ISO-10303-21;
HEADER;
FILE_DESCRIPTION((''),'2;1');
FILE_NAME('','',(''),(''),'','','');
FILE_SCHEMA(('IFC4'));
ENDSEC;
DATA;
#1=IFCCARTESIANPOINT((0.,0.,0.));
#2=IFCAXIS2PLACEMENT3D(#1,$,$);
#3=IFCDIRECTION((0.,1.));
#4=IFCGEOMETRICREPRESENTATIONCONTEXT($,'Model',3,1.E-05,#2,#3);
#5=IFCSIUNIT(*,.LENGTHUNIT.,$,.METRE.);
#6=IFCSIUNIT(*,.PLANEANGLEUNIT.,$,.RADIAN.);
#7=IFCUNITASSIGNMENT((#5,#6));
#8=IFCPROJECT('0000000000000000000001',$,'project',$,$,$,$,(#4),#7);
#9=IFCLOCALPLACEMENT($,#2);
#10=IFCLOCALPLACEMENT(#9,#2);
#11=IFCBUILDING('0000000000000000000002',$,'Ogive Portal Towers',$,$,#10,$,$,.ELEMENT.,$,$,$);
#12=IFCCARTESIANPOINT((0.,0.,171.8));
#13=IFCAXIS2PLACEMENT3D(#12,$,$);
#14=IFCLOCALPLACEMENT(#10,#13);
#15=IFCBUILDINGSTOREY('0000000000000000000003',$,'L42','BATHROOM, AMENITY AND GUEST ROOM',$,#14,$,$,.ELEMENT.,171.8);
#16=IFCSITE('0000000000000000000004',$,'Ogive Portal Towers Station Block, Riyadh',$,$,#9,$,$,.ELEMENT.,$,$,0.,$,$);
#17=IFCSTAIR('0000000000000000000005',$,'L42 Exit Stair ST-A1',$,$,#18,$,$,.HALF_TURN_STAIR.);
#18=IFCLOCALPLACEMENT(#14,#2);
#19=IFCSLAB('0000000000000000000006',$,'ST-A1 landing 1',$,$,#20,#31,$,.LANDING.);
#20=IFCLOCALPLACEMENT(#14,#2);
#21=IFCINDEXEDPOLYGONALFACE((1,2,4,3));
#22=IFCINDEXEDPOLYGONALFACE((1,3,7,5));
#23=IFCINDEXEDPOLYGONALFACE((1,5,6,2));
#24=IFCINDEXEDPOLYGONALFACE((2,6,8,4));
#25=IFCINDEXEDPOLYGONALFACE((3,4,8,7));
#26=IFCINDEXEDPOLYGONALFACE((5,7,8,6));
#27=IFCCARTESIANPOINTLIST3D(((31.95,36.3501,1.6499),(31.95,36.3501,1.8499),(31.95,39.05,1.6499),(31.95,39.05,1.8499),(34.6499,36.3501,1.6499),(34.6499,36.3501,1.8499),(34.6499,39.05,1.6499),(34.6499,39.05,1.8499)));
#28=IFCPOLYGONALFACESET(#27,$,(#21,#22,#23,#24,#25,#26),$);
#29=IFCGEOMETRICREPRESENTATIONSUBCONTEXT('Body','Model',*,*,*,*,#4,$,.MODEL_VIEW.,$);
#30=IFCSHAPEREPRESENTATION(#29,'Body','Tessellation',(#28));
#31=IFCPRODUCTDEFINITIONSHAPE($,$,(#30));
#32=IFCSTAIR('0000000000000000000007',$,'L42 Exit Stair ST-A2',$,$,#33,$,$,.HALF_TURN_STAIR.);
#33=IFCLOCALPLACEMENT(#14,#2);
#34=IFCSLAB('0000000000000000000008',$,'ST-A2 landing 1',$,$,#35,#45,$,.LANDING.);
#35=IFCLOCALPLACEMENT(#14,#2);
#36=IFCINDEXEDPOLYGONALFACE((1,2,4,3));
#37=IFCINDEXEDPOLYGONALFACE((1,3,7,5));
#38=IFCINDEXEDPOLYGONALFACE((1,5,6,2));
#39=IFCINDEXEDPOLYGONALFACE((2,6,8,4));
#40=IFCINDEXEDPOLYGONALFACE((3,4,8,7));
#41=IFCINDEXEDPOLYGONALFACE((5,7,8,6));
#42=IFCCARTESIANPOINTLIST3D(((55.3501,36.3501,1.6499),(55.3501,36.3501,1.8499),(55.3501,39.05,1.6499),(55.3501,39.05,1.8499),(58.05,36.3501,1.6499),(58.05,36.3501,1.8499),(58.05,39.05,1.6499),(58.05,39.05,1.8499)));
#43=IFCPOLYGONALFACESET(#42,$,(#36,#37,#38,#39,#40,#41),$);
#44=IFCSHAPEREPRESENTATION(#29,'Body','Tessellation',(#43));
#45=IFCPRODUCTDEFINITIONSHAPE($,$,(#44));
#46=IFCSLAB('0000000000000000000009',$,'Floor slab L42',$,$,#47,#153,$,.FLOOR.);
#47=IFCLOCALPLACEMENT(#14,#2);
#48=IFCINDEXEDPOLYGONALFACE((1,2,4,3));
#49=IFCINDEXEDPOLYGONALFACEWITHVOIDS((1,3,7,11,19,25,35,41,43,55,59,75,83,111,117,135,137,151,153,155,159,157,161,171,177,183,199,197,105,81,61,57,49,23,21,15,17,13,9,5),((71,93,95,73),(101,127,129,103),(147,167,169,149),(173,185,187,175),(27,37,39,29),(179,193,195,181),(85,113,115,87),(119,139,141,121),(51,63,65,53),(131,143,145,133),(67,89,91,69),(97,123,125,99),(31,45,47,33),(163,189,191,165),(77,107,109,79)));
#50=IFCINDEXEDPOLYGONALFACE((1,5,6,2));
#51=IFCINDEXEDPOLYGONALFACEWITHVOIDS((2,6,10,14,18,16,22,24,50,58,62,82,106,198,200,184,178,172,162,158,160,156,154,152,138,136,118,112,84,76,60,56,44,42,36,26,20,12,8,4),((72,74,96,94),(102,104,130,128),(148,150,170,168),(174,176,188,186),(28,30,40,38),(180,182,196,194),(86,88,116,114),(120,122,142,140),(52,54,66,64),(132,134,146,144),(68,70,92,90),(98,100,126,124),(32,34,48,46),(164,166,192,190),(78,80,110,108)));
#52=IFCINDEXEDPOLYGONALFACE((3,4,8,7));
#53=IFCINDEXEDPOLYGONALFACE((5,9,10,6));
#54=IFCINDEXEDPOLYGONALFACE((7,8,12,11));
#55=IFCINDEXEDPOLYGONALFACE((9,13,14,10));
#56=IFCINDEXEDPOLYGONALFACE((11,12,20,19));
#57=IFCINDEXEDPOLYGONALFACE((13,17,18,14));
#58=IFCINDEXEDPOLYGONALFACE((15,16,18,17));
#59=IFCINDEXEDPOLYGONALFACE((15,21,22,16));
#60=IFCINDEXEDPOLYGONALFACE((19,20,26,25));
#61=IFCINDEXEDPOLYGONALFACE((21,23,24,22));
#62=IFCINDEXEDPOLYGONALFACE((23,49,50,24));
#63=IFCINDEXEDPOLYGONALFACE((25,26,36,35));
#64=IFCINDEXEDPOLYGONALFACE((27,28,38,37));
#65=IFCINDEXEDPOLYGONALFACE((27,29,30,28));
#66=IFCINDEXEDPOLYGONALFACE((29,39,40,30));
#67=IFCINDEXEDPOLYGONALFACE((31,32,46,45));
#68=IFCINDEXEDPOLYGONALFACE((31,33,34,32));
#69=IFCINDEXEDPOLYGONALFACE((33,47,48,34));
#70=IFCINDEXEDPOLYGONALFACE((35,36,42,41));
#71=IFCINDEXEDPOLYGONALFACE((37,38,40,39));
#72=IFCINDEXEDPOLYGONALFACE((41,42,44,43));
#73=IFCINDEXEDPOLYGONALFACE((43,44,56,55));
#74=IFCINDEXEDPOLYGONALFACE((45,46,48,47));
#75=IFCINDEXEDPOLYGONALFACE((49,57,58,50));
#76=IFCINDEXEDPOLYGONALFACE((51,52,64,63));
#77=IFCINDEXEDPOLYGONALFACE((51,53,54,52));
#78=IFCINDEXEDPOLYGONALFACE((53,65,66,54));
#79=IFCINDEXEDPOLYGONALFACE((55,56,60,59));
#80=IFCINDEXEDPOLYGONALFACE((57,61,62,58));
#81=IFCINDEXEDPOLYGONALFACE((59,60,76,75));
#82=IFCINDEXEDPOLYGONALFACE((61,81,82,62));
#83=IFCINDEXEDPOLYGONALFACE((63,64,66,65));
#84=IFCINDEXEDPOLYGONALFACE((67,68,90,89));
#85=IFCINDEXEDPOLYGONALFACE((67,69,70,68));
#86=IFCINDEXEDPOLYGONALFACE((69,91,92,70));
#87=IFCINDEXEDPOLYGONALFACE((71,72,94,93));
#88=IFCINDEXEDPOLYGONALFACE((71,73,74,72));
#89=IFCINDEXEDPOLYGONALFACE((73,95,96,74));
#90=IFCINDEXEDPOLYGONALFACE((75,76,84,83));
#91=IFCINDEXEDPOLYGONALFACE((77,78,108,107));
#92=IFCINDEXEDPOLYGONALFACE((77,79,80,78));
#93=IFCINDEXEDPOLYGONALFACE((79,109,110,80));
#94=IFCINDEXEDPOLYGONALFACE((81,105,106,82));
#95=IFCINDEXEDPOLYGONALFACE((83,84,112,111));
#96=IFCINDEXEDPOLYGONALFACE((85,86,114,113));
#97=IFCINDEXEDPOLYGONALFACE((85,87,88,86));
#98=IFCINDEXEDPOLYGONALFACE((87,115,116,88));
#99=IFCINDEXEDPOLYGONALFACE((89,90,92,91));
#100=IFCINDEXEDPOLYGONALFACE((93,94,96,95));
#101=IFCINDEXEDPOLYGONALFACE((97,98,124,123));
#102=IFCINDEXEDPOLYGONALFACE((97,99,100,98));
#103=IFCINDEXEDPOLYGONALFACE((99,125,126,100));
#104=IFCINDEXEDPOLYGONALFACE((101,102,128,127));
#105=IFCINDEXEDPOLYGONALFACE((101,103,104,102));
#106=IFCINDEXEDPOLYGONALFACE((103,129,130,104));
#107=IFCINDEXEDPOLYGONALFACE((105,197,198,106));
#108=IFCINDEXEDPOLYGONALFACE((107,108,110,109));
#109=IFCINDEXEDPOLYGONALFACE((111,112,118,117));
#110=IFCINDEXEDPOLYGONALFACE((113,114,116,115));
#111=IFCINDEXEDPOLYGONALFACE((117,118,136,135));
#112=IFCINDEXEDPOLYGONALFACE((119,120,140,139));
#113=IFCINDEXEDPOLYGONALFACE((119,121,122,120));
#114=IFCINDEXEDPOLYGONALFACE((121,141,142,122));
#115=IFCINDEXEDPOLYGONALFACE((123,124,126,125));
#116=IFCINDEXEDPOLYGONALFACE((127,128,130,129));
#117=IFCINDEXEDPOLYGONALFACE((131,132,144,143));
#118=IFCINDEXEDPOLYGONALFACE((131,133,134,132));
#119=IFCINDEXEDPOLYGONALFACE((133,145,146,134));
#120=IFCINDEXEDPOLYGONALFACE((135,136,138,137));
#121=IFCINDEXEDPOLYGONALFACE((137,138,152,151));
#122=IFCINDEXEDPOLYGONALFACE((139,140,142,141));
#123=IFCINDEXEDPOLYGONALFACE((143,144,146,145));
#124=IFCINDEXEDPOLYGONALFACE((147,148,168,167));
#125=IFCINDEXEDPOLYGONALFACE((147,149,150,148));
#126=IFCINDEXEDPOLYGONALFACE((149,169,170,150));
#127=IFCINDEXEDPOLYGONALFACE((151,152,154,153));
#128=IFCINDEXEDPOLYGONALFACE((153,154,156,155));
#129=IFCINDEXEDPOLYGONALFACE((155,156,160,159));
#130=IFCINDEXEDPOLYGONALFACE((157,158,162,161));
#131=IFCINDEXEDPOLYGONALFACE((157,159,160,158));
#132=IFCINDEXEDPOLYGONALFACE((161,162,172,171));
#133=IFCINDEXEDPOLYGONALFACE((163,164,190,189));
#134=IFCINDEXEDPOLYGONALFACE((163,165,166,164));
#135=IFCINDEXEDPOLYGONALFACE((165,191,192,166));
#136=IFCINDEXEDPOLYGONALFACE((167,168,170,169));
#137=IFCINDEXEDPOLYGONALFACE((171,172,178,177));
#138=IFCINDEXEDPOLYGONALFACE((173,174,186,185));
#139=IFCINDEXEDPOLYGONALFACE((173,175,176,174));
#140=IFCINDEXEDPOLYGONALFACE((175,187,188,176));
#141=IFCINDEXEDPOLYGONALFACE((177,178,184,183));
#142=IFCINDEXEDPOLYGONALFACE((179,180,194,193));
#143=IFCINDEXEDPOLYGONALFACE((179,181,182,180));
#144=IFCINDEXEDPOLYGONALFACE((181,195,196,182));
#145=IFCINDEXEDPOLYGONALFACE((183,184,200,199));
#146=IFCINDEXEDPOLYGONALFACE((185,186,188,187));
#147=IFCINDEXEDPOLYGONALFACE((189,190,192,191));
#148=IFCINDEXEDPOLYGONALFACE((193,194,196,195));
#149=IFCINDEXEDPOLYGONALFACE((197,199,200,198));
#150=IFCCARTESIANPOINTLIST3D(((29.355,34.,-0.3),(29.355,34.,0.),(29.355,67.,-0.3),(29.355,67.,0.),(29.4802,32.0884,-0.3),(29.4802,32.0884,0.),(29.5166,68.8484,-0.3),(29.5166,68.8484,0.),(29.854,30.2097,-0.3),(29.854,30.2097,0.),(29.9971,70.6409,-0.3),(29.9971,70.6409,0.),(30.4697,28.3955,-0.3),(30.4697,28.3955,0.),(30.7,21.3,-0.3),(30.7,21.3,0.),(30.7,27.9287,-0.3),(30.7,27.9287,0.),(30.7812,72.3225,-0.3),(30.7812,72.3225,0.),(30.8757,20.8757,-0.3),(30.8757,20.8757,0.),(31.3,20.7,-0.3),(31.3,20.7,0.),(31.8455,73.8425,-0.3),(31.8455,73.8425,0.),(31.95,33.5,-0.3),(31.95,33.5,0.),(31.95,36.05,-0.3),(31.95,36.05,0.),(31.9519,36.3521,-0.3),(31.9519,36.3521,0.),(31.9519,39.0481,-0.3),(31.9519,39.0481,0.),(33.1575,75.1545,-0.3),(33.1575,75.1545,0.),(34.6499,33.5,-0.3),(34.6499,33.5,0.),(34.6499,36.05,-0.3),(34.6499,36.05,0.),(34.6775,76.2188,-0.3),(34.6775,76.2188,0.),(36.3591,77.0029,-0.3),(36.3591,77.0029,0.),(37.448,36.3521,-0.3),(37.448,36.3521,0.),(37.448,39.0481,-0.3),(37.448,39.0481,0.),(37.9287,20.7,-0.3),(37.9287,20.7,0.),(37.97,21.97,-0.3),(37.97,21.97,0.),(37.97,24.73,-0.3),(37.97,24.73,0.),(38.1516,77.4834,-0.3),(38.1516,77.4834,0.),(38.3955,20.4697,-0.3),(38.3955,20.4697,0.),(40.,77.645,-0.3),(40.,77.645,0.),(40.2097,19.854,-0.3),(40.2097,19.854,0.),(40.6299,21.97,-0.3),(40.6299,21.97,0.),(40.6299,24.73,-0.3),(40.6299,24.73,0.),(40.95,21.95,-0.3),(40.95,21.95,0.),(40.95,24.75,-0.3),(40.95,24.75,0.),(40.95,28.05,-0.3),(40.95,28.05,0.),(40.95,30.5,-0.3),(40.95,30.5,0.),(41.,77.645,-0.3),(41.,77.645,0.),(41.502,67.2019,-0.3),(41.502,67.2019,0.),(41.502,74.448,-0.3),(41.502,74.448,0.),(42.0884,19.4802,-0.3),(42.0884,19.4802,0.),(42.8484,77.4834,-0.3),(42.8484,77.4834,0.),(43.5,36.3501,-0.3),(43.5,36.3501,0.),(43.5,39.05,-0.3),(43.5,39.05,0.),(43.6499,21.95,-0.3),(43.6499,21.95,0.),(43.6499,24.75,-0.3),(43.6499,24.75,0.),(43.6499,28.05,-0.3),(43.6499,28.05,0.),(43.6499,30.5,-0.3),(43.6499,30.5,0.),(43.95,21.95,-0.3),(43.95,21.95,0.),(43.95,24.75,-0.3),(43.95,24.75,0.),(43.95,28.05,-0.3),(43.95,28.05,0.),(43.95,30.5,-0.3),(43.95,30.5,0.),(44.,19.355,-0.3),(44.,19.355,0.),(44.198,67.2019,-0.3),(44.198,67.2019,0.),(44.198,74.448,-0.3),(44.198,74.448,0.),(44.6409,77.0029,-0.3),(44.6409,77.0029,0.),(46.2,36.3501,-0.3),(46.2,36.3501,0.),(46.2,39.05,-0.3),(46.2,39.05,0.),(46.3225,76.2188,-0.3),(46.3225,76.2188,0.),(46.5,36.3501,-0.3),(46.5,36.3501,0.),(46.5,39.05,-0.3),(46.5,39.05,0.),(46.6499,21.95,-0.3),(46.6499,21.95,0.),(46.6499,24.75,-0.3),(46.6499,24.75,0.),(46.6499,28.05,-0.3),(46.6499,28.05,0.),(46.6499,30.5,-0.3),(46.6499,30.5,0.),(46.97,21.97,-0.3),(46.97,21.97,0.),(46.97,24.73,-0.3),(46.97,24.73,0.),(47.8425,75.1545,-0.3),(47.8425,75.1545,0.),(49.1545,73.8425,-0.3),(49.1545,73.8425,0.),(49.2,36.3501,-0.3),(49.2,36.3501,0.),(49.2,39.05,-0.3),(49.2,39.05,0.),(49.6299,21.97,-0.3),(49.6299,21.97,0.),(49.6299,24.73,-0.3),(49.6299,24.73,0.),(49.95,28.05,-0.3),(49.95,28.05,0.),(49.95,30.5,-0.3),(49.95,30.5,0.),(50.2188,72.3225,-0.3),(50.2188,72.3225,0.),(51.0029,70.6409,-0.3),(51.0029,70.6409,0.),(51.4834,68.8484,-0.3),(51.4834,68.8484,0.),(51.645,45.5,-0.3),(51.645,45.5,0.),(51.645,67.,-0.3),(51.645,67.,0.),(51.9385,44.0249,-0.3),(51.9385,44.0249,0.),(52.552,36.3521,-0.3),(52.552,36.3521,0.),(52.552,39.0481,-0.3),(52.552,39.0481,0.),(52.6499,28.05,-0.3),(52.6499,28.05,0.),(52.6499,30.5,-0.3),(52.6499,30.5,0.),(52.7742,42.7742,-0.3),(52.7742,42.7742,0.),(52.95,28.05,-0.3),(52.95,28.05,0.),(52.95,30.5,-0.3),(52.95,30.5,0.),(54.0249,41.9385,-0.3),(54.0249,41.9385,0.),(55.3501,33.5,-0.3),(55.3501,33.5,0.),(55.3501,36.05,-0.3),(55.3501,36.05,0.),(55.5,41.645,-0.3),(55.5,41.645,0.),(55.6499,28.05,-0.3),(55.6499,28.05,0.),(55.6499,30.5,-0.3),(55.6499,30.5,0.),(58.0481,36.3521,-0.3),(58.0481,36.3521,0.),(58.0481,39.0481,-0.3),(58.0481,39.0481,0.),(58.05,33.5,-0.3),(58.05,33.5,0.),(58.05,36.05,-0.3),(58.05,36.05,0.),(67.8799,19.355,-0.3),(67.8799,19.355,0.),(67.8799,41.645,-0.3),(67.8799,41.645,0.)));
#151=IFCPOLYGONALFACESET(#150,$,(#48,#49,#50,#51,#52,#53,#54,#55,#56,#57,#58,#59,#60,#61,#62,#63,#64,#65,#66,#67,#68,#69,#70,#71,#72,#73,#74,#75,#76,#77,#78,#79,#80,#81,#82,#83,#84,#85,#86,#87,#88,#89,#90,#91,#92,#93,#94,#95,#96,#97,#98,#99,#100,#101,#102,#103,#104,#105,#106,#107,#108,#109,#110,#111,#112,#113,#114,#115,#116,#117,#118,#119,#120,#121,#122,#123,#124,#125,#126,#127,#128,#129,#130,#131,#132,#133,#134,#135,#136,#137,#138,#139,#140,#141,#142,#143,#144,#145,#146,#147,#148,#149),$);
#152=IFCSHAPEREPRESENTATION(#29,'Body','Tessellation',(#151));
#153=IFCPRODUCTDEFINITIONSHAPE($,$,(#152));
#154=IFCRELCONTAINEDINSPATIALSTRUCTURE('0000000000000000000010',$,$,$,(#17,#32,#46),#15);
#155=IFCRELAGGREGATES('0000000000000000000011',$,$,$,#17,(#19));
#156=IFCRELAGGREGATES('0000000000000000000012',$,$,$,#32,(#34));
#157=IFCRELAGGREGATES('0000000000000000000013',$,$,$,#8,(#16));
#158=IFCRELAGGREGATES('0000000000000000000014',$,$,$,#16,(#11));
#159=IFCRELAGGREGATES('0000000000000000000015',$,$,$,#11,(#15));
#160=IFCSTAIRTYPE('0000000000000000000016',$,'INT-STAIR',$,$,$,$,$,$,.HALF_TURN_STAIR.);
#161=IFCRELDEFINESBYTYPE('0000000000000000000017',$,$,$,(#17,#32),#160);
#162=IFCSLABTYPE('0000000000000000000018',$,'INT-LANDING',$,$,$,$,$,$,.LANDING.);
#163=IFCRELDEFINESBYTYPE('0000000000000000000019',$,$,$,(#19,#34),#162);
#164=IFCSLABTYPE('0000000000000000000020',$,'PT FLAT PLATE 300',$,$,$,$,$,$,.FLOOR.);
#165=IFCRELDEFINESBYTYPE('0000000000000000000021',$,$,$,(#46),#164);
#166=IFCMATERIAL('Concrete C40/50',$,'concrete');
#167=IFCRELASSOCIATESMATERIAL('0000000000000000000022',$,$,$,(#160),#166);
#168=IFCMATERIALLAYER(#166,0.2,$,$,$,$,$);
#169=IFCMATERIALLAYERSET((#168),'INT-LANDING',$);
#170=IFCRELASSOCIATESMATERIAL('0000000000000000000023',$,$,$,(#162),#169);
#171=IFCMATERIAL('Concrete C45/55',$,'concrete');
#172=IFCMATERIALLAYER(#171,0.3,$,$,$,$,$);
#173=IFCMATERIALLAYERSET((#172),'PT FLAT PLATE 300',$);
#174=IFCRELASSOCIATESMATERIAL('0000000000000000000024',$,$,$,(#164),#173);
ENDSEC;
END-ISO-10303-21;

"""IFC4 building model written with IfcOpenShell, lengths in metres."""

from ifc_helpers import new_model, si_unit, direction, frame, origin, place, context, subcontext, project, spatial, polyline, outline, extrude, material, layer, layer_set, type_object, element, aggregate, save


model = new_model("IFC4")

# Units and contexts
model_context = context("Model", 3, precision=1e-05, world=origin(), true_north=direction((0.0, 1.0)))
body_context = subcontext(model_context, "Body", "Model", "MODEL_VIEW")
ifc_project = project(units=[si_unit("LENGTHUNIT", "METRE"), si_unit("PLANEANGLEUNIT", "RADIAN")], contexts=[model_context])

# Site, building, storey
site_placement = place(None, origin())
site = spatial("IfcSite", under=ifc_project, at=site_placement, Name="Ogive Portal Towers Station Block, Riyadh", CompositionType="ELEMENT", RefElevation=0.0)
building_placement = place(site_placement, origin())
building = spatial("IfcBuilding", under=site, at=building_placement, Name="Ogive Portal Towers", CompositionType="ELEMENT")
storey_placement = place(building_placement, frame((0.0, 0.0, 171.8)))
storey = spatial("IfcBuildingStorey", under=building, at=storey_placement, Name="L42", Description="BATHROOM, AMENITY AND GUEST ROOM", CompositionType="ELEMENT", Elevation=171.8)

# Stairs, slabs
ifc_material_1 = material(Name="Concrete C40/50", Category="concrete")
stair_type = type_object("IfcStairType", Name="INT-STAIR", PredefinedType="HALF_TURN_STAIR", material=ifc_material_1)
stair_1_placement = place(storey_placement, origin())
stair_1 = element("IfcStair", 1, at=stair_1_placement, inside=storey, type_object=stair_type, Name="L42 Exit Stair ST-A1", PredefinedType="HALF_TURN_STAIR")
ifc_layer_1 = layer(ifc_material_1, 0.2)
ifc_layer_set_1 = layer_set([ifc_layer_1], Name="INT-LANDING")
slab_type_1 = type_object("IfcSlabType", Name="INT-LANDING", PredefinedType="LANDING", material=ifc_layer_set_1)
slab_1_placement = place(storey_placement, frame((0.0, 0.0, 1.6499)))
slab_1 = element("IfcSlab", 2, at=slab_1_placement, type_object=slab_type_1, Name="ST-A1 landing 1", PredefinedType="LANDING", context=body_context, shape_type="SweptSolid", body=[
    extrude(outline(polyline([(34.6499, 39.05), (31.95, 39.05), (31.95, 36.3501), (34.6499, 36.3501), (34.6499, 39.05)])), origin(), (0.0, 0.0, 1.0), 0.2),
])
aggregate(stair_1, [slab_1])
stair_2_placement = place(storey_placement, origin())
stair_2 = element("IfcStair", 3, at=stair_2_placement, inside=storey, type_object=stair_type, Name="L42 Exit Stair ST-A2", PredefinedType="HALF_TURN_STAIR")
slab_2_placement = place(storey_placement, frame((0.0, 0.0, 1.6499)))
slab_2 = element("IfcSlab", 4, at=slab_2_placement, type_object=slab_type_1, Name="ST-A2 landing 1", PredefinedType="LANDING", context=body_context, shape_type="SweptSolid", body=[
    extrude(outline(polyline([(55.3501, 36.3501), (58.05, 36.3501), (58.05, 39.05), (55.3501, 39.05), (55.3501, 36.3501)])), origin(), (0.0, 0.0, 1.0), 0.2),
])
aggregate(stair_2, [slab_2])

# Slab
ifc_material_2 = material(Name="Concrete C45/55", Category="concrete")
ifc_layer_2 = layer(ifc_material_2, 0.3)
ifc_layer_set_2 = layer_set([ifc_layer_2], Name="PT FLAT PLATE 300")
slab_type_2 = type_object("IfcSlabType", Name="PT FLAT PLATE 300", PredefinedType="FLOOR", material=ifc_layer_set_2)
slab_3_placement = place(storey_placement, frame((0.0, 0.0, -0.3)))
element("IfcSlab", 5, at=slab_3_placement, inside=storey, type_object=slab_type_2, Name="Floor slab L42", PredefinedType="FLOOR", context=body_context, shape_type="SweptSolid", body=[
    extrude(outline(polyline([(29.4802, 32.0884), (29.854, 30.2097), (30.4697, 28.3955), (30.7, 27.9287), (30.7, 21.3), (30.8757, 20.8757), (31.3, 20.7), (37.9287, 20.7), (38.3955, 20.4697), (40.2097, 19.854), (42.0884, 19.4802), (44.0, 19.355), (67.8799, 19.355), (67.8799, 41.645), (55.5, 41.645), (54.0249, 41.9385), (52.7742, 42.7742), (51.9385, 44.0249), (51.645, 45.5), (51.645, 67.0), (51.4834, 68.8484), (51.0029, 70.6409), (50.2188, 72.3225), (49.1545, 73.8425), (47.8425, 75.1545), (46.3225, 76.2188), (44.6409, 77.0029), (42.8484, 77.4834), (41.0, 77.645), (40.0, 77.645), (38.1516, 77.4834), (36.3591, 77.0029), (34.6775, 76.2188), (33.1575, 75.1545), (31.8455, 73.8425), (30.7812, 72.3225), (29.9971, 70.6409), (29.5166, 68.8484), (29.355, 67.0), (29.355, 34.0), (29.4802, 32.0884)]), holes=[polyline([(40.6299, 21.97), (37.97, 21.97), (37.97, 24.73), (40.6299, 24.73), (40.6299, 21.97)]), polyline([(43.6499, 24.75), (43.6499, 21.95), (40.95, 21.95), (40.95, 24.75), (43.6499, 24.75)]), polyline([(46.6499, 24.75), (46.6499, 21.95), (43.95, 21.95), (43.95, 24.75), (46.6499, 24.75)]), polyline([(43.6499, 30.5), (43.6499, 28.05), (40.95, 28.05), (40.95, 30.5), (43.6499, 30.5)]), polyline([(34.6499, 36.05), (34.6499, 33.5), (31.95, 33.5), (31.95, 36.05), (34.6499, 36.05)]), polyline([(31.9519, 39.0481), (37.448, 39.0481), (37.448, 36.3521), (31.9519, 36.3521), (31.9519, 39.0481)]), polyline([(46.2, 39.05), (46.2, 36.3501), (43.5, 36.3501), (43.5, 39.05), (46.2, 39.05)]), polyline([(44.198, 74.448), (44.198, 67.2019), (41.502, 67.2019), (41.502, 74.448), (44.198, 74.448)]), polyline([(49.6299, 21.97), (46.97, 21.97), (46.97, 24.73), (49.6299, 24.73), (49.6299, 21.97)]), polyline([(46.6499, 30.5), (46.6499, 28.05), (43.95, 28.05), (43.95, 30.5), (46.6499, 30.5)]), polyline([(52.6499, 30.5), (52.6499, 28.05), (49.95, 28.05), (49.95, 30.5), (52.6499, 30.5)]), polyline([(55.6499, 30.5), (55.6499, 28.05), (52.95, 28.05), (52.95, 30.5), (55.6499, 30.5)]), polyline([(58.05, 36.05), (58.05, 33.5), (55.3501, 33.5), (55.3501, 36.05), (58.05, 36.05)]), polyline([(49.2, 39.05), (49.2, 36.3501), (46.5, 36.3501), (46.5, 39.05), (49.2, 39.05)]), polyline([(58.0481, 36.3521), (52.552, 36.3521), (52.552, 39.0481), (58.0481, 39.0481), (58.0481, 36.3521)])]), origin(), (0.0, 0.0, 1.0), 0.3),
])

save(model, "model.ifc")
